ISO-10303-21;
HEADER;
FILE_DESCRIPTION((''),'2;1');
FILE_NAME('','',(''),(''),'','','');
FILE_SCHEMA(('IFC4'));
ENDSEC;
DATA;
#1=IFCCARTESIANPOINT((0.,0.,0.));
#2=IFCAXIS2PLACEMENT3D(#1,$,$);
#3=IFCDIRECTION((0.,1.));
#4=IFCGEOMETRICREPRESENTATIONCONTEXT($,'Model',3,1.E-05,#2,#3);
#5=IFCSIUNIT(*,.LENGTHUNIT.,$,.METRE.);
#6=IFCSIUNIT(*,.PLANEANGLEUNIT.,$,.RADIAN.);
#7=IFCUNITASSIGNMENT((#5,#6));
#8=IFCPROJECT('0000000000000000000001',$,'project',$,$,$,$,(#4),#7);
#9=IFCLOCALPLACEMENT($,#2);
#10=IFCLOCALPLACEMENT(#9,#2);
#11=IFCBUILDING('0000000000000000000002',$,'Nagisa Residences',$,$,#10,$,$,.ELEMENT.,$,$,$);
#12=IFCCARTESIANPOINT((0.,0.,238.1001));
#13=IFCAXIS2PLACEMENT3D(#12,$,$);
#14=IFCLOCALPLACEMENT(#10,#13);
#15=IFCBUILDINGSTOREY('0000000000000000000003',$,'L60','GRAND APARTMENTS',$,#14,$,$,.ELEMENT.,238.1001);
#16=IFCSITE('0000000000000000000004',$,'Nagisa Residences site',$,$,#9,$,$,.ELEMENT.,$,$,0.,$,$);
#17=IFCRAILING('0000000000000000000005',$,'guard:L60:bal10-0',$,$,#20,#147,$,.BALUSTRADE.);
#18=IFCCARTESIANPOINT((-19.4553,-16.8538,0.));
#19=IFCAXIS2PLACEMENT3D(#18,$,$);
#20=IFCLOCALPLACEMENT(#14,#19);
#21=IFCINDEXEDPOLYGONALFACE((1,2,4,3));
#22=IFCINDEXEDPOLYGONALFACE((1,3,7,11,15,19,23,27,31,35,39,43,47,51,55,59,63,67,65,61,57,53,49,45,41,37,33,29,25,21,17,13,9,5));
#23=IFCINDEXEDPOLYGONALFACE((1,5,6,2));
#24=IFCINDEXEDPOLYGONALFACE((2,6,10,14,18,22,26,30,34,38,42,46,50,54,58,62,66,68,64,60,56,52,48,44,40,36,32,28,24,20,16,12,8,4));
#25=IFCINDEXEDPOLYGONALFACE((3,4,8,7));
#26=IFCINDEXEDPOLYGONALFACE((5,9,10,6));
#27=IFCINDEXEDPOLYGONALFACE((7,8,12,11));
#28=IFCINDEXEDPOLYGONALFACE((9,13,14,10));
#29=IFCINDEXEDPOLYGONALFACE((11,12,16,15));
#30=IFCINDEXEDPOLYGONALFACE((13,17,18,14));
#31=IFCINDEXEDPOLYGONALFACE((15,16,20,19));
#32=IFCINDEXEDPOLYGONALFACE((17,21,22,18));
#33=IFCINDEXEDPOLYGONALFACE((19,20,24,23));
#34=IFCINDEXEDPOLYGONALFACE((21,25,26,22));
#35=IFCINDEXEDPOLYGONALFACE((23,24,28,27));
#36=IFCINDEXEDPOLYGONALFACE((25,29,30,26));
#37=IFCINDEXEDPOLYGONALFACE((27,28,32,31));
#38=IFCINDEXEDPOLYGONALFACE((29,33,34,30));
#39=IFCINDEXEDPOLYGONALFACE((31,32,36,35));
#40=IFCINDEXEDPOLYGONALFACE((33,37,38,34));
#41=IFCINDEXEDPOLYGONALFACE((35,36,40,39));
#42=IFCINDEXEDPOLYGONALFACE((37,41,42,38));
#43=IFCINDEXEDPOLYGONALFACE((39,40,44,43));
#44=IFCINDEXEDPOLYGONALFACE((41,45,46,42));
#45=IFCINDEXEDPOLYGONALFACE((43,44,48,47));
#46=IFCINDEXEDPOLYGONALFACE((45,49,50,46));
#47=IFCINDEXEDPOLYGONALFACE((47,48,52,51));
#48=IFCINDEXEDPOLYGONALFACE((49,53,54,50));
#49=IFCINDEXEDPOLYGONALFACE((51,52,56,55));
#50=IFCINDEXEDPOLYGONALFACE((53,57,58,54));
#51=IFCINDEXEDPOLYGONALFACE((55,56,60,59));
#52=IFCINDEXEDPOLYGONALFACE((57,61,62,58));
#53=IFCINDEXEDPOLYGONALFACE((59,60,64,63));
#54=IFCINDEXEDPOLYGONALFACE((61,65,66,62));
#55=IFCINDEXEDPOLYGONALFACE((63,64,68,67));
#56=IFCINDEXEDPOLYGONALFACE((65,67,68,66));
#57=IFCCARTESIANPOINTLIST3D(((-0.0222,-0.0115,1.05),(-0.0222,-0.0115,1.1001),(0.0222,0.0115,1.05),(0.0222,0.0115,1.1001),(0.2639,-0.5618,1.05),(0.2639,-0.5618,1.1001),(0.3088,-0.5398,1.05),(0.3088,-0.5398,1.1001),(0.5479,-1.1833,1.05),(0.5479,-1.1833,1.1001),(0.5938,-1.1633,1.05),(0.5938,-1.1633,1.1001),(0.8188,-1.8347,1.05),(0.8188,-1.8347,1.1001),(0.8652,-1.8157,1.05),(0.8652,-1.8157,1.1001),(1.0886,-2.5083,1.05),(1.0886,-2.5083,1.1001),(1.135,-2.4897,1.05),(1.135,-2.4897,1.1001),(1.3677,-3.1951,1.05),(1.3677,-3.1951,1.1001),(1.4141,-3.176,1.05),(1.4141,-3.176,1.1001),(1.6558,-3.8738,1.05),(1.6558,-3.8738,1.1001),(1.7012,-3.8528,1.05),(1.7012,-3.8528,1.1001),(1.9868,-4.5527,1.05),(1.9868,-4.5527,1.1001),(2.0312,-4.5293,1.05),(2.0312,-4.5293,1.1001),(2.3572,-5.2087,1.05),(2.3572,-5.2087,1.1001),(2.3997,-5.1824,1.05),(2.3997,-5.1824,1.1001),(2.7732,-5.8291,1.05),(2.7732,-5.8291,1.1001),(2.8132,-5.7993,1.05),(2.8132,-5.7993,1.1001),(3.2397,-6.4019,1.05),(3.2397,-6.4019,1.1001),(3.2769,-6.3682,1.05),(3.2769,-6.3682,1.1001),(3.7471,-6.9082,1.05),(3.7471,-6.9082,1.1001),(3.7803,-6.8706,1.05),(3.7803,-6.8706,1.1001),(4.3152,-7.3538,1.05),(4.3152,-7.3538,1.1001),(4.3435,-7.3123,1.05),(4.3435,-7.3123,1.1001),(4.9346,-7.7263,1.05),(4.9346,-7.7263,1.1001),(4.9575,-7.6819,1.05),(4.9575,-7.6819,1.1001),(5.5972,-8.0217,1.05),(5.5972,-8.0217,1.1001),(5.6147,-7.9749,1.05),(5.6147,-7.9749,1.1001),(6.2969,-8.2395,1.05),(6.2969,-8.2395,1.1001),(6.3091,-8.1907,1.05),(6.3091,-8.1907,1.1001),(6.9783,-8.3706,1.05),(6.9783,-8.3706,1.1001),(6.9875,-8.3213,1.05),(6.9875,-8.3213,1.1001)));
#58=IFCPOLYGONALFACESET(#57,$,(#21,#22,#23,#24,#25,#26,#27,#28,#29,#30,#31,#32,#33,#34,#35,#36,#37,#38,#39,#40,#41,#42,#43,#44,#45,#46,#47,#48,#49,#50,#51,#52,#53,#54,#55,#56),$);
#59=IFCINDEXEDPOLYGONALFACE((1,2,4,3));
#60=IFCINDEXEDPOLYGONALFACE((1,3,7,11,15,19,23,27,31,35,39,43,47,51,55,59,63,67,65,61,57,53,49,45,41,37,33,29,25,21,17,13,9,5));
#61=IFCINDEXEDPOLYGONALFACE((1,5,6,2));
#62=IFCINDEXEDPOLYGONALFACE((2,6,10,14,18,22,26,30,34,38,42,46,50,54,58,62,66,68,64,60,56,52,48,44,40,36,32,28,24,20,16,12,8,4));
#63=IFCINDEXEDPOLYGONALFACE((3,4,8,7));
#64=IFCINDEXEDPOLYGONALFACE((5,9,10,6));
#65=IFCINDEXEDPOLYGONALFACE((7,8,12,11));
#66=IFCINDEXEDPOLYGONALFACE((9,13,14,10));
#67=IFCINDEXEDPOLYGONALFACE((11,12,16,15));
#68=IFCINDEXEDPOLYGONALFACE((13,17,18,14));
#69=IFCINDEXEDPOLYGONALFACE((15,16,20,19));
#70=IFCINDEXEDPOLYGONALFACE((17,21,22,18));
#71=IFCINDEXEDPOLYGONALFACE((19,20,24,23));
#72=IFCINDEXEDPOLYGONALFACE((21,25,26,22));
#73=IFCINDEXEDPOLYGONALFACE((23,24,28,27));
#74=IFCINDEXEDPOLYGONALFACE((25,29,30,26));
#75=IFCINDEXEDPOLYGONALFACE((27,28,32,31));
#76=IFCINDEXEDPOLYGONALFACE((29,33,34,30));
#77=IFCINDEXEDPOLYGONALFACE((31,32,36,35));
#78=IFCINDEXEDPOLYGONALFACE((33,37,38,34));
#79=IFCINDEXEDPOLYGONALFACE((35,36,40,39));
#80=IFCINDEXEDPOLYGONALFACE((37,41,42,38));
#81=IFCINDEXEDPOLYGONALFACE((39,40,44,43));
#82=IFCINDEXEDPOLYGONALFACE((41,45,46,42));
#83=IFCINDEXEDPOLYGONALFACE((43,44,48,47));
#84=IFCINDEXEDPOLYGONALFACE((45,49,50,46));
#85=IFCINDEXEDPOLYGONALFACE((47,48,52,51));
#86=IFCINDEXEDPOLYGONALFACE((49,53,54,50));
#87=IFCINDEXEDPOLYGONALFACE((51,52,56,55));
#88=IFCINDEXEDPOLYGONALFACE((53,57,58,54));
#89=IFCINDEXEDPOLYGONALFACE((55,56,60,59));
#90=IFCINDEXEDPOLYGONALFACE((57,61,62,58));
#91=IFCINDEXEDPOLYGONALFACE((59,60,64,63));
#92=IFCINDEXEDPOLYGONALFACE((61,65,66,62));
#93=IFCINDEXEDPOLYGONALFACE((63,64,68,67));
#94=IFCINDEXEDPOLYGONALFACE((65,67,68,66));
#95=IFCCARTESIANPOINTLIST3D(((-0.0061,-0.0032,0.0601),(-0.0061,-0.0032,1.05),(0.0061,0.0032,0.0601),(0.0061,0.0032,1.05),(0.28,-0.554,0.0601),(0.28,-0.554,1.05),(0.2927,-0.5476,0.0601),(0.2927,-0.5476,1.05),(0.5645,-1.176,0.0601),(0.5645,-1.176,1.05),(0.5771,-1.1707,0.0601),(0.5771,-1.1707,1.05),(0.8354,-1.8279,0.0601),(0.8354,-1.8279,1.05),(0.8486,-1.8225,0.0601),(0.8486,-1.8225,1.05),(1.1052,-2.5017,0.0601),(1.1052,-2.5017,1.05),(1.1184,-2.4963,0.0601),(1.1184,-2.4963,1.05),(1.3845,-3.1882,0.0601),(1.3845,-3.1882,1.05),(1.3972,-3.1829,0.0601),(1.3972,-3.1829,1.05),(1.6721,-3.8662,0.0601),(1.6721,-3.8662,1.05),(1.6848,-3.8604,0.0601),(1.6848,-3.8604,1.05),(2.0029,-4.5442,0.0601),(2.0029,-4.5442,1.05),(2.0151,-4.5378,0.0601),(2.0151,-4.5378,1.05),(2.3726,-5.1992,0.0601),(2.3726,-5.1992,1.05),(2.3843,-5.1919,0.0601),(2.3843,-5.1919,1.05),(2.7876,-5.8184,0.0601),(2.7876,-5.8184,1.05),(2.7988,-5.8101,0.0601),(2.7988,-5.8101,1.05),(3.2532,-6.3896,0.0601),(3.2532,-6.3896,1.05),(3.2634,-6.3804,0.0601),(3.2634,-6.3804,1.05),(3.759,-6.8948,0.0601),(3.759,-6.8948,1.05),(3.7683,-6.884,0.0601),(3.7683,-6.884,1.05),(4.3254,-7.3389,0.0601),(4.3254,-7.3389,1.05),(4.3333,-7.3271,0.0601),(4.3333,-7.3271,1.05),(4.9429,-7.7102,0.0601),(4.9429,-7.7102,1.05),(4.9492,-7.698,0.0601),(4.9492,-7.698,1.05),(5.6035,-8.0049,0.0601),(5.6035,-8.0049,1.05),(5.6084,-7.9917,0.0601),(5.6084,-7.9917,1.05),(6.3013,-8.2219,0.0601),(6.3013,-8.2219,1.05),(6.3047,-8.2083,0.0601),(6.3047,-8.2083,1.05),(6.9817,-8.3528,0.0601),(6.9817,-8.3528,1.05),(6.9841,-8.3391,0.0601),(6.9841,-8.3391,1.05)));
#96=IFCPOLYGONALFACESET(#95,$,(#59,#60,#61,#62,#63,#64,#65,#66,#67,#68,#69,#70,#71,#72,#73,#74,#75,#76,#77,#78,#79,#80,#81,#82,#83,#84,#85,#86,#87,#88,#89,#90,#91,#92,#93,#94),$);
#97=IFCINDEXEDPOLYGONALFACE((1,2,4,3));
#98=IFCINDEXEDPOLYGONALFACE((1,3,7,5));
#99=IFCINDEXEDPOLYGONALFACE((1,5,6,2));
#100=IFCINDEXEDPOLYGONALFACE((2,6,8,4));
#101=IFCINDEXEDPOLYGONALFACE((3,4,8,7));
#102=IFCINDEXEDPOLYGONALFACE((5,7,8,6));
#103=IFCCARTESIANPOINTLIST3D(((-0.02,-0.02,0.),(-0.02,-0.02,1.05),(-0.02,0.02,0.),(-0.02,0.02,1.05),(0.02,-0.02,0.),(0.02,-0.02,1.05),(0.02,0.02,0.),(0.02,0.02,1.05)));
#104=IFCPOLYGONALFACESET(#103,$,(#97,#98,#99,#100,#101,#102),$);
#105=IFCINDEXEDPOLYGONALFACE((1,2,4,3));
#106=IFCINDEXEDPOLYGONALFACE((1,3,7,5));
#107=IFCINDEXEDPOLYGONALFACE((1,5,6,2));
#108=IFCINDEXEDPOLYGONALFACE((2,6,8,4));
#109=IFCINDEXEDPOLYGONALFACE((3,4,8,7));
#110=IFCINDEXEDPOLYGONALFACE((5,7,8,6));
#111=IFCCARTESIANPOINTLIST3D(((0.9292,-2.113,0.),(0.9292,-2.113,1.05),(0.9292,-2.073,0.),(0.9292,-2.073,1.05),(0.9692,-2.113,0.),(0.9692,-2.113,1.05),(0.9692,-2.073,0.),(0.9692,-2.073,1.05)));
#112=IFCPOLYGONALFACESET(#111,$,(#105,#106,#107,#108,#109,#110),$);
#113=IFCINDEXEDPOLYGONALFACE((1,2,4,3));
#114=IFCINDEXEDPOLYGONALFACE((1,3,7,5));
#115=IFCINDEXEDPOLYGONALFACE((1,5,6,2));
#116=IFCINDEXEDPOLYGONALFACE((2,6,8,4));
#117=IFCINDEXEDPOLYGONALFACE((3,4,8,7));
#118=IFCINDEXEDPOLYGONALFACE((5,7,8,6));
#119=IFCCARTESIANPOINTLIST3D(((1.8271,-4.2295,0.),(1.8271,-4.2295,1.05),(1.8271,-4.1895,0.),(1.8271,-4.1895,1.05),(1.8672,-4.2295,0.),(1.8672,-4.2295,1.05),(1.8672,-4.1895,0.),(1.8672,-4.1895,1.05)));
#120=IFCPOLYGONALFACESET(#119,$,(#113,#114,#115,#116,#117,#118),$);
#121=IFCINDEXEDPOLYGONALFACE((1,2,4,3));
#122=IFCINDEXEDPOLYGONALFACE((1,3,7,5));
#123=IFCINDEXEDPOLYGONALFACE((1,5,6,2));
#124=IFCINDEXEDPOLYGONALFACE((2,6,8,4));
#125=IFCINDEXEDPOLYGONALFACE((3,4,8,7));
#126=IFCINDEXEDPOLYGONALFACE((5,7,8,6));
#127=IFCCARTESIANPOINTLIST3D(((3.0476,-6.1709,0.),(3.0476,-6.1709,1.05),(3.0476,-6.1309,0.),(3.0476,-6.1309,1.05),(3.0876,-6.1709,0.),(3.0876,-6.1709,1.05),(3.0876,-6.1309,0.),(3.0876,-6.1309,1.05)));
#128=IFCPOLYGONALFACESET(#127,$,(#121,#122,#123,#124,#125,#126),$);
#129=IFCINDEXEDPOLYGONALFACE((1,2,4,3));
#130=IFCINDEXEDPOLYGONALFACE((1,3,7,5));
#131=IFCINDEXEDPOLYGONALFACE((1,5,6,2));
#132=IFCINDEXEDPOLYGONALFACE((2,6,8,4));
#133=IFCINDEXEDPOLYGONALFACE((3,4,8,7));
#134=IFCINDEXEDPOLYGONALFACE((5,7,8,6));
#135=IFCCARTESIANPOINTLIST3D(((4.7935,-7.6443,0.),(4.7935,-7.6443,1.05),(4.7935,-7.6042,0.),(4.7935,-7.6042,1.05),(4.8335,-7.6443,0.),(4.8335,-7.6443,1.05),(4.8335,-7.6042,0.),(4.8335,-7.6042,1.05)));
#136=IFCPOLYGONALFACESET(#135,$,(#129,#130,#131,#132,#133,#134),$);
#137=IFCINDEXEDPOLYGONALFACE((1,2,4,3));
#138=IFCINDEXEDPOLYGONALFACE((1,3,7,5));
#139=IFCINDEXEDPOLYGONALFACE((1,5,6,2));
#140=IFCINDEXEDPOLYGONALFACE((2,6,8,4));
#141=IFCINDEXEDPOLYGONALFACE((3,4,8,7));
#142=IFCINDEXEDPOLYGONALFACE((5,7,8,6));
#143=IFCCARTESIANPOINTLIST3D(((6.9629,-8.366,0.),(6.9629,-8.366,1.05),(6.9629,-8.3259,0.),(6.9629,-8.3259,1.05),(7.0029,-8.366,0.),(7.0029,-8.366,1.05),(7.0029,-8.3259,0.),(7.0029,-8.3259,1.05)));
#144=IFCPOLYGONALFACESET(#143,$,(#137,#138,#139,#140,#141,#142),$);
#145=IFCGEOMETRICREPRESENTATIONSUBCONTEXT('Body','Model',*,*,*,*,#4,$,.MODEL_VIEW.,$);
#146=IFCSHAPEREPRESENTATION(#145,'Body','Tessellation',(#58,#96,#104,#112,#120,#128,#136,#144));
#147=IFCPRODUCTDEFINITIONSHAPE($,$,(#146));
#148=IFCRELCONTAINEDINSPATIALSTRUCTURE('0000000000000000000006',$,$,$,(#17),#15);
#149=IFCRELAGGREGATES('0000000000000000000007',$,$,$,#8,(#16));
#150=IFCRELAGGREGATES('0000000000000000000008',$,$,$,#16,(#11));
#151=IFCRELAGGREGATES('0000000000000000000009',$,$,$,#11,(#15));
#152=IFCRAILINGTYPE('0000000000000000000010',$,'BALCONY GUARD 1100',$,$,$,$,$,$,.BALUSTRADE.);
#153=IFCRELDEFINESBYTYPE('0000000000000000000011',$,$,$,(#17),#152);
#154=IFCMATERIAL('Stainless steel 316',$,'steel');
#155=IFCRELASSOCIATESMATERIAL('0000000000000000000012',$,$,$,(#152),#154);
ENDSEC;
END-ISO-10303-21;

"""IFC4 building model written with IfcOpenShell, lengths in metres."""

from ifc_helpers import new_model, si_unit, direction, frame, origin, origin_2d, place, context, subcontext, project, spatial, polyline, rectangle, outline, extrude, material, type_object, element, save


model = new_model("IFC4")

# Units and contexts
model_context = context("Model", 3, precision=1e-05, world=origin(), true_north=direction((0.0, 1.0)))
body_context = subcontext(model_context, "Body", "Model", "MODEL_VIEW")
ifc_project = project(units=[si_unit("LENGTHUNIT", "METRE"), si_unit("PLANEANGLEUNIT", "RADIAN")], contexts=[model_context])

# Site, building, storey
site_placement = place(None, origin())
site = spatial("IfcSite", under=ifc_project, at=site_placement, Name="Nagisa Residences site", CompositionType="ELEMENT", RefElevation=0.0)
building_placement = place(site_placement, origin())
building = spatial("IfcBuilding", under=site, at=building_placement, Name="Nagisa Residences", CompositionType="ELEMENT")
storey_placement = place(building_placement, frame((0.0, 0.0, 238.1001)))
storey = spatial("IfcBuildingStorey", under=building, at=storey_placement, Name="L60", Description="GRAND APARTMENTS", CompositionType="ELEMENT", Elevation=238.1001)

# Railing
ifc_material_1 = material(Name="Stainless steel 316", Category="steel")
railing_type = type_object("IfcRailingType", Name="BALCONY GUARD 1100", PredefinedType="BALUSTRADE", material=ifc_material_1)
railing_1_placement = place(storey_placement, frame((-19.4553, -16.8538, 0.0)))
element("IfcRailing", 1, at=railing_1_placement, inside=storey, type_object=railing_type, Name="guard:L60:bal10-0", PredefinedType="BALUSTRADE", context=body_context, shape_type="SweptSolid", body=[
    extrude(outline(polyline([(0.3088, -0.5398), (0.0222, 0.0115), (-0.0222, -0.0115), (0.2639, -0.5618), (0.5479, -1.1833), (0.8188, -1.8347), (1.0886, -2.5083), (1.3677, -3.1951), (1.6558, -3.8738), (1.9868, -4.5527), (2.3572, -5.2087), (2.7732, -5.8291), (3.2397, -6.4019), (3.7471, -6.9082), (4.3152, -7.3538), (4.9346, -7.7263), (5.5972, -8.0217), (6.2969, -8.2395), (6.9783, -8.3706), (6.9875, -8.3213), (6.3091, -8.1907), (5.6147, -7.9749), (4.9575, -7.6819), (4.3435, -7.3123), (3.7803, -6.8706), (3.2769, -6.3682), (2.8132, -5.7993), (2.3997, -5.1824), (2.0312, -4.5293), (1.7012, -3.8528), (1.4141, -3.176), (1.135, -2.4897), (0.8652, -1.8157), (0.5938, -1.1633), (0.3088, -0.5398)])), frame((0.0, 0.0, 1.05)), (0.0, 0.0, 1.0), 0.05),
    extrude(outline(polyline([(0.2927, -0.5476), (0.0061, 0.0032), (-0.0061, -0.0032), (0.28, -0.554), (0.5645, -1.176), (0.8354, -1.8279), (1.1052, -2.5017), (1.3845, -3.1882), (1.6721, -3.8662), (2.0029, -4.5442), (2.3726, -5.1992), (2.7876, -5.8184), (3.2532, -6.3896), (3.759, -6.8948), (4.3254, -7.3389), (4.9429, -7.7102), (5.6035, -8.0049), (6.3013, -8.2219), (6.9817, -8.3528), (6.9841, -8.3391), (6.3047, -8.2083), (5.6084, -7.9917), (4.9492, -7.698), (4.3333, -7.3271), (3.7683, -6.884), (3.2634, -6.3804), (2.7988, -5.8101), (2.3843, -5.1919), (2.0151, -4.5378), (1.6848, -3.8604), (1.3972, -3.1829), (1.1184, -2.4963), (0.8486, -1.8225), (0.5771, -1.1707), (0.2927, -0.5476)])), frame((0.0, 0.0, 0.0601)), (0.0, 0.0, 1.0), 0.99),
    extrude(rectangle(XDim=0.04, YDim=0.04, at=origin_2d()), origin(), (0.0, 0.0, 1.0), 1.05),
    extrude(rectangle(XDim=0.04, YDim=0.04, at=origin_2d()), frame((0.9492, -2.093, 0.0)), (0.0, 0.0, 1.0), 1.05),
    extrude(rectangle(XDim=0.04, YDim=0.04, at=origin_2d()), frame((1.8472, -4.2095, 0.0)), (0.0, 0.0, 1.0), 1.05),
    extrude(rectangle(XDim=0.04, YDim=0.04, at=origin_2d()), frame((3.0676, -6.1509, 0.0)), (0.0, 0.0, 1.0), 1.05),
    extrude(rectangle(XDim=0.04, YDim=0.04, at=origin_2d()), frame((4.8135, -7.6243, 0.0)), (0.0, 0.0, 1.0), 1.05),
    extrude(rectangle(XDim=0.04, YDim=0.04, at=origin_2d()), frame((6.9829, -8.3459, 0.0)), (0.0, 0.0, 1.0), 1.05),
])

save(model, "model.ifc")
